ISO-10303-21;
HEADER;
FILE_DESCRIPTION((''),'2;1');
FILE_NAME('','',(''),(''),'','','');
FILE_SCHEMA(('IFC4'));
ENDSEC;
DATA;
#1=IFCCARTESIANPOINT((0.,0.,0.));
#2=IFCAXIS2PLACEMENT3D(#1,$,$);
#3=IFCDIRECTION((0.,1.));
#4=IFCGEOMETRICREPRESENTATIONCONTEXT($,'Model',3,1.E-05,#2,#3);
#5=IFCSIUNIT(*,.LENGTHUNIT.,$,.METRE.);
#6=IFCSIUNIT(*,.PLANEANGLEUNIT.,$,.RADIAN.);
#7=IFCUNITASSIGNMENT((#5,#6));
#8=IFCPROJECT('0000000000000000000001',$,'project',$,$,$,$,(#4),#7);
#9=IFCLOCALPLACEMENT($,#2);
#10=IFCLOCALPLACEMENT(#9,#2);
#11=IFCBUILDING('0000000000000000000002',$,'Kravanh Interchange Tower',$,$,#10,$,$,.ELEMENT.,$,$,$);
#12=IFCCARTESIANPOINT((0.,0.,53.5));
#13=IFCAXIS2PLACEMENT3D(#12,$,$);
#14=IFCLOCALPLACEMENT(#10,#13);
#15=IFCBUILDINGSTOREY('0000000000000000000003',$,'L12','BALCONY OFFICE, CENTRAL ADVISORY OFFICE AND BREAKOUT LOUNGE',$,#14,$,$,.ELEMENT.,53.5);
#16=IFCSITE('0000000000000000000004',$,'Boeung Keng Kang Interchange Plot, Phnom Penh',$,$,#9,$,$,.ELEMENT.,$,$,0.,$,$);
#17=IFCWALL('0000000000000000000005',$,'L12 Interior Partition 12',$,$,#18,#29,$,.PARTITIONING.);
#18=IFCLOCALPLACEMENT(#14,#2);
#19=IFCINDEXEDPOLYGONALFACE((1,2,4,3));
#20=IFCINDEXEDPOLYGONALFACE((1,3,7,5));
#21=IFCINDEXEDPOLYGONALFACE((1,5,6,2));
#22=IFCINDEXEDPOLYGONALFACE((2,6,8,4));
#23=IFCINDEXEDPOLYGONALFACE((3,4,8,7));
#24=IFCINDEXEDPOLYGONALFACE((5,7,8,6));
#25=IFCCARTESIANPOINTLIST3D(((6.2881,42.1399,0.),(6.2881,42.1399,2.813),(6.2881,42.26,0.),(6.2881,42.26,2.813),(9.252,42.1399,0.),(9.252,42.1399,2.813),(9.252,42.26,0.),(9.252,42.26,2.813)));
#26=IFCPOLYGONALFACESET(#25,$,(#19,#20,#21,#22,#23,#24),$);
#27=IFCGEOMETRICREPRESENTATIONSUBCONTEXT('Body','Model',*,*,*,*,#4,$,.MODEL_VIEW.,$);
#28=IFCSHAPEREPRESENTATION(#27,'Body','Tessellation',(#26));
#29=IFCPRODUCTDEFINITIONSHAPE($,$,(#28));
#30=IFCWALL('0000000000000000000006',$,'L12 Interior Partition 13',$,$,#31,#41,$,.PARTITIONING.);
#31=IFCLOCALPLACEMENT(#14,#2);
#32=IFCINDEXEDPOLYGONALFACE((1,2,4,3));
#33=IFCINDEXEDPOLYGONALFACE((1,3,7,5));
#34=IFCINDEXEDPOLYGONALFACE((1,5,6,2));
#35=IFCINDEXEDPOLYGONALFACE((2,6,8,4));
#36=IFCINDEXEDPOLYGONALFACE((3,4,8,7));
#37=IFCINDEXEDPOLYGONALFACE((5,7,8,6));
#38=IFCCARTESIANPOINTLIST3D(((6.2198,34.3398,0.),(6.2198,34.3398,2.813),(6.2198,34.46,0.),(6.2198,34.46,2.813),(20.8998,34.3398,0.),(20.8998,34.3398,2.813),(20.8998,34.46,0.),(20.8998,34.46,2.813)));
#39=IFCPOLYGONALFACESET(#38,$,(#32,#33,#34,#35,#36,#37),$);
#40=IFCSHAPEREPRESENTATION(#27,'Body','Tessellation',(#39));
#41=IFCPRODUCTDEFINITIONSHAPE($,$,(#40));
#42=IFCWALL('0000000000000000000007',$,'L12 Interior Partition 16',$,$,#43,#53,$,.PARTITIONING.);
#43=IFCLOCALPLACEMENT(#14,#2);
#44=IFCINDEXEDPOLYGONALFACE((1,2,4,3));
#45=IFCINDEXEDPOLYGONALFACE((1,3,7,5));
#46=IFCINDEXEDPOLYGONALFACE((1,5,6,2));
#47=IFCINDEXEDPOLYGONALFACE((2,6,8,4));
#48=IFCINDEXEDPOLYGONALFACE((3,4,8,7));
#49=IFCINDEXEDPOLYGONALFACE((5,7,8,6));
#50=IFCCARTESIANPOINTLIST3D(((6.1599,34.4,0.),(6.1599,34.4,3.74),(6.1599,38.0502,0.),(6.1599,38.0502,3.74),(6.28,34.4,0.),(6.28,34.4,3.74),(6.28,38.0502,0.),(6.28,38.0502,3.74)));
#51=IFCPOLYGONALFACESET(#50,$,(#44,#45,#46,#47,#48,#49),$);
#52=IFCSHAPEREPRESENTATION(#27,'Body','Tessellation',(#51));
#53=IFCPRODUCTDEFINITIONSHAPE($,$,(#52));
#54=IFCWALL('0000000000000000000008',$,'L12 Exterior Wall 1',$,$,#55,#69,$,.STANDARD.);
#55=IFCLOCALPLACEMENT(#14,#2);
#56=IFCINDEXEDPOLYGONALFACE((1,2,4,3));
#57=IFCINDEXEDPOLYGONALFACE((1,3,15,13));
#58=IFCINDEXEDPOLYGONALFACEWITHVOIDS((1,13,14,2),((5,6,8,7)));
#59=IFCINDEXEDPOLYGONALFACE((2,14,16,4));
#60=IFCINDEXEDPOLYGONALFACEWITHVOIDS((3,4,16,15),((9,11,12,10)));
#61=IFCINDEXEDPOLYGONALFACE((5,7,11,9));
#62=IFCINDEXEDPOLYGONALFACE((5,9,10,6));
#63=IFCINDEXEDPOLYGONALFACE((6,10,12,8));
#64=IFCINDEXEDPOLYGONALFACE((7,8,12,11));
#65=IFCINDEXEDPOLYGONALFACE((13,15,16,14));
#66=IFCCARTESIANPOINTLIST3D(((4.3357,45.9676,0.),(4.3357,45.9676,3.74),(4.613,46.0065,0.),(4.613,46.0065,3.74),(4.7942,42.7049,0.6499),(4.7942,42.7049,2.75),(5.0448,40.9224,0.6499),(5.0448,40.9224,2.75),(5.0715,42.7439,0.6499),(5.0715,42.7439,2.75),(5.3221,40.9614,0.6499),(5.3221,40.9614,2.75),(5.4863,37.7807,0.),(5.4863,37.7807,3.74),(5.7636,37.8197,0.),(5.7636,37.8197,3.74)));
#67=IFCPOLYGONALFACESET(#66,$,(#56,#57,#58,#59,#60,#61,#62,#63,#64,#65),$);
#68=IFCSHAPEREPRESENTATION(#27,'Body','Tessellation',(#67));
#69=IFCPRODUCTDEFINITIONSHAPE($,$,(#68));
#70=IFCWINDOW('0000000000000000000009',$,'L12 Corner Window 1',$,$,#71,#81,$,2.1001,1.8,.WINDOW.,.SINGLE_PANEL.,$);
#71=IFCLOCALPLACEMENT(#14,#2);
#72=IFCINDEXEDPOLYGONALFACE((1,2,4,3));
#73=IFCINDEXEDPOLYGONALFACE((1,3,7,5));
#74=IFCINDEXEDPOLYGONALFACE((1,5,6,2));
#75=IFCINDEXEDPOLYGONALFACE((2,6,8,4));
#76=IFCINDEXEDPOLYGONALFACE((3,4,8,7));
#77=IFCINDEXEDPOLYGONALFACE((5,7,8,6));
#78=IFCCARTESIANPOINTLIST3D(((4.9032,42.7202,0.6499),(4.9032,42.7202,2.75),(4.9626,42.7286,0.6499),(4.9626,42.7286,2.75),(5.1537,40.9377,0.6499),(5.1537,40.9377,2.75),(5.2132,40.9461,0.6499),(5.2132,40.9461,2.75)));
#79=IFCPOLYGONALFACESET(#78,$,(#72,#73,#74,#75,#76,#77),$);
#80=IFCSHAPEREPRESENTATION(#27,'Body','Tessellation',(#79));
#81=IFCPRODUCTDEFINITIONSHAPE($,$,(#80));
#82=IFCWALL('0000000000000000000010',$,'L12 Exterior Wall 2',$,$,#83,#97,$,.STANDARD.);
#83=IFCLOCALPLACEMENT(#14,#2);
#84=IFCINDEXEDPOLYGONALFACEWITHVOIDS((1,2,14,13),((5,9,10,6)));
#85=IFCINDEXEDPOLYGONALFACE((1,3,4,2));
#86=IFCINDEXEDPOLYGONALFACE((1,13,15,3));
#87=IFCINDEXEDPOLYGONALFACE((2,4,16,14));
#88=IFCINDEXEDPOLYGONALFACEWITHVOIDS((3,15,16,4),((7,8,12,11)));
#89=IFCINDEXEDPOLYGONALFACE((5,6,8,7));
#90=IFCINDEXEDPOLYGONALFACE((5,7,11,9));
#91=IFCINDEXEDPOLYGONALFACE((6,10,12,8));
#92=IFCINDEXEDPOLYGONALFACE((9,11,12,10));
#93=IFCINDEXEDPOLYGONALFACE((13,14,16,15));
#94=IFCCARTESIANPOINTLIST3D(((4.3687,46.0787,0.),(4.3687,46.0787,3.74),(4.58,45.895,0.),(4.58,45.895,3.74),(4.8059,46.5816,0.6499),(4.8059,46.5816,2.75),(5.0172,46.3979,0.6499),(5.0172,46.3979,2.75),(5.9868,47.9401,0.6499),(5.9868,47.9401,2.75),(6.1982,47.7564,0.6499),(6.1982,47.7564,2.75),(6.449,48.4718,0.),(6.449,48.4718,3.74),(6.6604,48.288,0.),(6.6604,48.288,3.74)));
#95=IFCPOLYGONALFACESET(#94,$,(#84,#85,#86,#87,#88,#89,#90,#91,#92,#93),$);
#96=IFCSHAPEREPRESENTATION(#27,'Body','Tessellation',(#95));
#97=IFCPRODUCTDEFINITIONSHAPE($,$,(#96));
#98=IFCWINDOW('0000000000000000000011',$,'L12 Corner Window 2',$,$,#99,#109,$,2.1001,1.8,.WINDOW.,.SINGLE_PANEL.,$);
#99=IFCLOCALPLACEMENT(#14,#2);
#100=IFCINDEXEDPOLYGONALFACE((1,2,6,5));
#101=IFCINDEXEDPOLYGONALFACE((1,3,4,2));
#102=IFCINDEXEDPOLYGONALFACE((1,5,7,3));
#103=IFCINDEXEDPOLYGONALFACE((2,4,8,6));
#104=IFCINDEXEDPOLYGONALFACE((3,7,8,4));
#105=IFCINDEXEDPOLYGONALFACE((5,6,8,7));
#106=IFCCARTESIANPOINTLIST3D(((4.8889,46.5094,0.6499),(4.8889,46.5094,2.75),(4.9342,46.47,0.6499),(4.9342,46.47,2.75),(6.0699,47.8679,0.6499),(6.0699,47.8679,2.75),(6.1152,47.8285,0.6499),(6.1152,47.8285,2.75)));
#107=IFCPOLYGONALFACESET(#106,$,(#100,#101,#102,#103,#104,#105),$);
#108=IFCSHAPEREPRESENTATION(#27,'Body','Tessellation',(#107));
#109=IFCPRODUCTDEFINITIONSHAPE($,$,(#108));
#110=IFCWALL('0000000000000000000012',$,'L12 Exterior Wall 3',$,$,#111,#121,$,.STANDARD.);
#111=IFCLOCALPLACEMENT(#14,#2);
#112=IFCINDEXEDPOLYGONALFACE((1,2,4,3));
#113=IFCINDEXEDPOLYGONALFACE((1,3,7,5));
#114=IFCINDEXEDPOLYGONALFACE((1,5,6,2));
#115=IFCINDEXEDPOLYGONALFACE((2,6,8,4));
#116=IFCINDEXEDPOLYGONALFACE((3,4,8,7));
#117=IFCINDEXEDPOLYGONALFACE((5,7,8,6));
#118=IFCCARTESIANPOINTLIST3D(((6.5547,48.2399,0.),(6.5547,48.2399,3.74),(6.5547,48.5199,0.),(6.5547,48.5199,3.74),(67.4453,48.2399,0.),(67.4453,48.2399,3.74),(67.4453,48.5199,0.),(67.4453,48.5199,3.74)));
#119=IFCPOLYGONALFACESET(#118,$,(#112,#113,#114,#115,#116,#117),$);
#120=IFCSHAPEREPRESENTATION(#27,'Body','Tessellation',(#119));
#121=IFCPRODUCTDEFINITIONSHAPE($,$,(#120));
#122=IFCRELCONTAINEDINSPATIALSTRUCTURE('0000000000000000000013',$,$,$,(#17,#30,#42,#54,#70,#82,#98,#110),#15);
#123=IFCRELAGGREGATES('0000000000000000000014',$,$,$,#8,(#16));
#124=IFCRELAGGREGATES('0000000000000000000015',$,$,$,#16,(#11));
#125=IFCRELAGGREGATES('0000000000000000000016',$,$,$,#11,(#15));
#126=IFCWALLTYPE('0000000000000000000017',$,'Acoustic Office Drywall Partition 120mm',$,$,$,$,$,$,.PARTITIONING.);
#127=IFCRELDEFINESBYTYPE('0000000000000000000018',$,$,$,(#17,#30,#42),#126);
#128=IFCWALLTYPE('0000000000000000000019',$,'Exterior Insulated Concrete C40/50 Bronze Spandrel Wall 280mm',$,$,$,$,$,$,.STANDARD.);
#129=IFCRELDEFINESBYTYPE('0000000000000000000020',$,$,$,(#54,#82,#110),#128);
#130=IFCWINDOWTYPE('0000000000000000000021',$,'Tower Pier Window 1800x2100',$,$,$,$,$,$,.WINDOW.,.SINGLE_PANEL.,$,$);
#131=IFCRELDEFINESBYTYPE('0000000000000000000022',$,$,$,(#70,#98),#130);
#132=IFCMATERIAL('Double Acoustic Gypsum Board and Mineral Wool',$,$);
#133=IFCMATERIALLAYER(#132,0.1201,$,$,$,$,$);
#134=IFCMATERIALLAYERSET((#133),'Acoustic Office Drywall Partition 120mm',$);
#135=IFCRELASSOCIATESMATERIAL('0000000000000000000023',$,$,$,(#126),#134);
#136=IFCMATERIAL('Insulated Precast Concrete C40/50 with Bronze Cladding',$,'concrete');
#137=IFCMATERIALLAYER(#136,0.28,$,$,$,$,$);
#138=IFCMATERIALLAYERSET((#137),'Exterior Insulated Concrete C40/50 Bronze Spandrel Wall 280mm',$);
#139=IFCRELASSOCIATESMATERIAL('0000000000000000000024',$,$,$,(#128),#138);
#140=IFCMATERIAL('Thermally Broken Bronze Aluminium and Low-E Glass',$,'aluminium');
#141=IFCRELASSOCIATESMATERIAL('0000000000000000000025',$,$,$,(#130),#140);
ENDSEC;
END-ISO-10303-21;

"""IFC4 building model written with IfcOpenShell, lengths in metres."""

from ifc_helpers import new_model, si_unit, direction, frame, frame_2d, origin, place, context, subcontext, project, spatial, rectangle, extrude, material, layer, layer_set, type_object, element, fill, save


model = new_model("IFC4")

# Units and contexts
model_context = context("Model", 3, precision=1e-05, world=origin(), true_north=direction((0.0, 1.0)))
body_context = subcontext(model_context, "Body", "Model", "MODEL_VIEW")
ifc_project = project(units=[si_unit("LENGTHUNIT", "METRE"), si_unit("PLANEANGLEUNIT", "RADIAN")], contexts=[model_context])

# Site, building, storey
site_placement = place(None, origin())
site = spatial("IfcSite", under=ifc_project, at=site_placement, Name="Boeung Keng Kang Interchange Plot, Phnom Penh", CompositionType="ELEMENT", RefElevation=0.0)
building_placement = place(site_placement, origin())
building = spatial("IfcBuilding", under=site, at=building_placement, Name="Kravanh Interchange Tower", CompositionType="ELEMENT")
storey_placement = place(building_placement, frame((0.0, 0.0, 53.5)))
storey = spatial("IfcBuildingStorey", under=building, at=storey_placement, Name="L12", Description="BALCONY OFFICE, CENTRAL ADVISORY OFFICE AND BREAKOUT LOUNGE", CompositionType="ELEMENT", Elevation=53.5)

# Shared definitions
ifc_material_1 = material(Name="Double Acoustic Gypsum Board and Mineral Wool")
ifc_layer_1 = layer(ifc_material_1, 0.1201)
ifc_layer_set_1 = layer_set([ifc_layer_1], Name="Acoustic Office Drywall Partition 120mm")
wall_type_1 = type_object("IfcWallType", Name="Acoustic Office Drywall Partition 120mm", PredefinedType="PARTITIONING", material=ifc_layer_set_1)

# Walls
wall_1_placement = place(storey_placement, frame((6.2881, 42.2, 0.0), z_axis=(0.0, 0.0, 1.0), x_axis=(1.0, 0.0, 0.0)))
element("IfcWall", 1, at=wall_1_placement, inside=storey, type_object=wall_type_1, Name="L12 Interior Partition 12", PredefinedType="PARTITIONING", context=body_context, shape_type="SweptSolid", body=[
    extrude(rectangle(XDim=2.9639, YDim=0.1201, at=frame_2d((1.4819, 0.0))), origin(), (0.0, 0.0, 1.0), 2.813),
])
wall_2_placement = place(storey_placement, frame((6.22, 34.3999, 0.0), z_axis=(0.0, 0.0, 1.0), x_axis=(1.0, 0.0, 0.0)))
element("IfcWall", 2, at=wall_2_placement, inside=storey, type_object=wall_type_1, Name="L12 Interior Partition 13", PredefinedType="PARTITIONING", context=body_context, shape_type="SweptSolid", body=[
    extrude(rectangle(XDim=14.6799, YDim=0.1201, at=frame_2d((7.3398, 0.0))), origin(), (0.0, 0.0, 1.0), 2.813),
])
wall_3_placement = place(storey_placement, frame((6.22, 34.3999, 0.0), z_axis=(0.0, 0.0, 1.0), x_axis=(0.0, 1.0, 0.0)))
element("IfcWall", 3, at=wall_3_placement, inside=storey, type_object=wall_type_1, Name="L12 Interior Partition 16", PredefinedType="PARTITIONING", context=body_context, shape_type="SweptSolid", body=[
    extrude(rectangle(XDim=3.6501, YDim=0.1201, at=frame_2d((1.8252, 0.0))), origin(), (0.0, 0.0, 1.0), 3.74),
])

# Walls, openings, windows
ifc_material_2 = material(Name="Insulated Precast Concrete C40/50 with Bronze Cladding", Category="concrete")
ifc_layer_2 = layer(ifc_material_2, 0.28)
ifc_layer_set_2 = layer_set([ifc_layer_2], Name="Exterior Insulated Concrete C40/50 Bronze Spandrel Wall 280mm")
wall_type_2 = type_object("IfcWallType", Name="Exterior Insulated Concrete C40/50 Bronze Spandrel Wall 280mm", PredefinedType="STANDARD", material=ifc_layer_set_2)
wall_4_placement = place(storey_placement, frame((5.625, 37.8, 0.0), z_axis=(0.0, 0.0, 1.0), x_axis=(-0.13918, 0.990267, 0.0)))
wall_4 = element("IfcWall", 4, at=wall_4_placement, inside=storey, type_object=wall_type_2, Name="L12 Exterior Wall 1", PredefinedType="STANDARD", context=body_context, shape_type="SweptSolid", body=[
    extrude(rectangle(XDim=8.2673, YDim=0.28, at=frame_2d((4.1338, 0.0))), origin(), (0.0, 0.0, 1.0), 3.74),
])
opening_1_placement = place(wall_4_placement, frame((3.1729, 0.0, 0.6499)))
opening_1 = element("IfcOpeningElement", 5, at=opening_1_placement, cuts=wall_4, PredefinedType="OPENING", context=body_context, shape_type="SweptSolid", body=[
    extrude(rectangle(XDim=1.8, YDim=2.1001, at=frame_2d((0.8999, 1.05))), frame((0.0, 0.1499, 0.0), z_axis=(0.0, -1.0, 0.0), x_axis=(1.0, 0.0, 0.0)), (0.0, 0.0, 1.0), 0.3),
])
ifc_material_3 = material(Name="Thermally Broken Bronze Aluminium and Low-E Glass", Category="aluminium")
window_type = type_object("IfcWindowType", Name="Tower Pier Window 1800x2100", PartitioningType="SINGLE_PANEL", PredefinedType="WINDOW", material=ifc_material_3)
window_1_placement = place(opening_1_placement, origin())
window_1 = element("IfcWindow", 6, at=window_1_placement, inside=storey, type_object=window_type, Name="L12 Corner Window 1", OverallHeight=2.1001, OverallWidth=1.8, PartitioningType="SINGLE_PANEL", PredefinedType="WINDOW", context=body_context, shape_type="SweptSolid", body=[
    extrude(rectangle(XDim=1.8, YDim=2.1001, at=frame_2d((0.8999, 1.05))), frame((0.0, 0.03, 0.0), z_axis=(0.0, -1.0, 0.0), x_axis=(1.0, 0.0, 0.0)), (0.0, 0.0, 1.0), 0.0601),
])
fill(opening_1, window_1)
wall_5_placement = place(storey_placement, frame((4.4744, 45.9868, 0.0), z_axis=(0.0, 0.0, 1.0), x_axis=(0.65607, 0.7547, 0.0)))
wall_5 = element("IfcWall", 7, at=wall_5_placement, inside=storey, type_object=wall_type_2, Name="L12 Exterior Wall 2", PredefinedType="STANDARD", context=body_context, shape_type="SweptSolid", body=[
    extrude(rectangle(XDim=3.1709, YDim=0.28, at=frame_2d((1.5854, 0.0))), origin(), (0.0, 0.0, 1.0), 3.74),
])
opening_2_placement = place(wall_5_placement, frame((0.6665, 0.0, 0.6499)))
opening_2 = element("IfcOpeningElement", 8, at=opening_2_placement, cuts=wall_5, PredefinedType="OPENING", context=body_context, shape_type="SweptSolid", body=[
    extrude(rectangle(XDim=1.8, YDim=2.1001, at=frame_2d((0.8999, 1.05))), frame((0.0, 0.1499, 0.0), z_axis=(0.0, -1.0, 0.0), x_axis=(1.0, 0.0, 0.0)), (0.0, 0.0, 1.0), 0.3),
])
window_2_placement = place(opening_2_placement, origin())
window_2 = element("IfcWindow", 9, at=window_2_placement, inside=storey, type_object=window_type, Name="L12 Corner Window 2", OverallHeight=2.1001, OverallWidth=1.8, PartitioningType="SINGLE_PANEL", PredefinedType="WINDOW", context=body_context, shape_type="SweptSolid", body=[
    extrude(rectangle(XDim=1.8, YDim=2.1001, at=frame_2d((0.8999, 1.05))), frame((0.0, 0.03, 0.0), z_axis=(0.0, -1.0, 0.0), x_axis=(1.0, 0.0, 0.0)), (0.0, 0.0, 1.0), 0.0601),
])
fill(opening_2, window_2)

# Wall
wall_6_placement = place(storey_placement, frame((6.5547, 48.3799, 0.0), z_axis=(0.0, 0.0, 1.0), x_axis=(1.0, 0.0, 0.0)))
element("IfcWall", 10, at=wall_6_placement, inside=storey, type_object=wall_type_2, Name="L12 Exterior Wall 3", PredefinedType="STANDARD", context=body_context, shape_type="SweptSolid", body=[
    extrude(rectangle(XDim=60.8906, YDim=0.28, at=frame_2d((30.4453, 0.0))), origin(), (0.0, 0.0, 1.0), 3.74),
])

save(model, "model.ifc")
